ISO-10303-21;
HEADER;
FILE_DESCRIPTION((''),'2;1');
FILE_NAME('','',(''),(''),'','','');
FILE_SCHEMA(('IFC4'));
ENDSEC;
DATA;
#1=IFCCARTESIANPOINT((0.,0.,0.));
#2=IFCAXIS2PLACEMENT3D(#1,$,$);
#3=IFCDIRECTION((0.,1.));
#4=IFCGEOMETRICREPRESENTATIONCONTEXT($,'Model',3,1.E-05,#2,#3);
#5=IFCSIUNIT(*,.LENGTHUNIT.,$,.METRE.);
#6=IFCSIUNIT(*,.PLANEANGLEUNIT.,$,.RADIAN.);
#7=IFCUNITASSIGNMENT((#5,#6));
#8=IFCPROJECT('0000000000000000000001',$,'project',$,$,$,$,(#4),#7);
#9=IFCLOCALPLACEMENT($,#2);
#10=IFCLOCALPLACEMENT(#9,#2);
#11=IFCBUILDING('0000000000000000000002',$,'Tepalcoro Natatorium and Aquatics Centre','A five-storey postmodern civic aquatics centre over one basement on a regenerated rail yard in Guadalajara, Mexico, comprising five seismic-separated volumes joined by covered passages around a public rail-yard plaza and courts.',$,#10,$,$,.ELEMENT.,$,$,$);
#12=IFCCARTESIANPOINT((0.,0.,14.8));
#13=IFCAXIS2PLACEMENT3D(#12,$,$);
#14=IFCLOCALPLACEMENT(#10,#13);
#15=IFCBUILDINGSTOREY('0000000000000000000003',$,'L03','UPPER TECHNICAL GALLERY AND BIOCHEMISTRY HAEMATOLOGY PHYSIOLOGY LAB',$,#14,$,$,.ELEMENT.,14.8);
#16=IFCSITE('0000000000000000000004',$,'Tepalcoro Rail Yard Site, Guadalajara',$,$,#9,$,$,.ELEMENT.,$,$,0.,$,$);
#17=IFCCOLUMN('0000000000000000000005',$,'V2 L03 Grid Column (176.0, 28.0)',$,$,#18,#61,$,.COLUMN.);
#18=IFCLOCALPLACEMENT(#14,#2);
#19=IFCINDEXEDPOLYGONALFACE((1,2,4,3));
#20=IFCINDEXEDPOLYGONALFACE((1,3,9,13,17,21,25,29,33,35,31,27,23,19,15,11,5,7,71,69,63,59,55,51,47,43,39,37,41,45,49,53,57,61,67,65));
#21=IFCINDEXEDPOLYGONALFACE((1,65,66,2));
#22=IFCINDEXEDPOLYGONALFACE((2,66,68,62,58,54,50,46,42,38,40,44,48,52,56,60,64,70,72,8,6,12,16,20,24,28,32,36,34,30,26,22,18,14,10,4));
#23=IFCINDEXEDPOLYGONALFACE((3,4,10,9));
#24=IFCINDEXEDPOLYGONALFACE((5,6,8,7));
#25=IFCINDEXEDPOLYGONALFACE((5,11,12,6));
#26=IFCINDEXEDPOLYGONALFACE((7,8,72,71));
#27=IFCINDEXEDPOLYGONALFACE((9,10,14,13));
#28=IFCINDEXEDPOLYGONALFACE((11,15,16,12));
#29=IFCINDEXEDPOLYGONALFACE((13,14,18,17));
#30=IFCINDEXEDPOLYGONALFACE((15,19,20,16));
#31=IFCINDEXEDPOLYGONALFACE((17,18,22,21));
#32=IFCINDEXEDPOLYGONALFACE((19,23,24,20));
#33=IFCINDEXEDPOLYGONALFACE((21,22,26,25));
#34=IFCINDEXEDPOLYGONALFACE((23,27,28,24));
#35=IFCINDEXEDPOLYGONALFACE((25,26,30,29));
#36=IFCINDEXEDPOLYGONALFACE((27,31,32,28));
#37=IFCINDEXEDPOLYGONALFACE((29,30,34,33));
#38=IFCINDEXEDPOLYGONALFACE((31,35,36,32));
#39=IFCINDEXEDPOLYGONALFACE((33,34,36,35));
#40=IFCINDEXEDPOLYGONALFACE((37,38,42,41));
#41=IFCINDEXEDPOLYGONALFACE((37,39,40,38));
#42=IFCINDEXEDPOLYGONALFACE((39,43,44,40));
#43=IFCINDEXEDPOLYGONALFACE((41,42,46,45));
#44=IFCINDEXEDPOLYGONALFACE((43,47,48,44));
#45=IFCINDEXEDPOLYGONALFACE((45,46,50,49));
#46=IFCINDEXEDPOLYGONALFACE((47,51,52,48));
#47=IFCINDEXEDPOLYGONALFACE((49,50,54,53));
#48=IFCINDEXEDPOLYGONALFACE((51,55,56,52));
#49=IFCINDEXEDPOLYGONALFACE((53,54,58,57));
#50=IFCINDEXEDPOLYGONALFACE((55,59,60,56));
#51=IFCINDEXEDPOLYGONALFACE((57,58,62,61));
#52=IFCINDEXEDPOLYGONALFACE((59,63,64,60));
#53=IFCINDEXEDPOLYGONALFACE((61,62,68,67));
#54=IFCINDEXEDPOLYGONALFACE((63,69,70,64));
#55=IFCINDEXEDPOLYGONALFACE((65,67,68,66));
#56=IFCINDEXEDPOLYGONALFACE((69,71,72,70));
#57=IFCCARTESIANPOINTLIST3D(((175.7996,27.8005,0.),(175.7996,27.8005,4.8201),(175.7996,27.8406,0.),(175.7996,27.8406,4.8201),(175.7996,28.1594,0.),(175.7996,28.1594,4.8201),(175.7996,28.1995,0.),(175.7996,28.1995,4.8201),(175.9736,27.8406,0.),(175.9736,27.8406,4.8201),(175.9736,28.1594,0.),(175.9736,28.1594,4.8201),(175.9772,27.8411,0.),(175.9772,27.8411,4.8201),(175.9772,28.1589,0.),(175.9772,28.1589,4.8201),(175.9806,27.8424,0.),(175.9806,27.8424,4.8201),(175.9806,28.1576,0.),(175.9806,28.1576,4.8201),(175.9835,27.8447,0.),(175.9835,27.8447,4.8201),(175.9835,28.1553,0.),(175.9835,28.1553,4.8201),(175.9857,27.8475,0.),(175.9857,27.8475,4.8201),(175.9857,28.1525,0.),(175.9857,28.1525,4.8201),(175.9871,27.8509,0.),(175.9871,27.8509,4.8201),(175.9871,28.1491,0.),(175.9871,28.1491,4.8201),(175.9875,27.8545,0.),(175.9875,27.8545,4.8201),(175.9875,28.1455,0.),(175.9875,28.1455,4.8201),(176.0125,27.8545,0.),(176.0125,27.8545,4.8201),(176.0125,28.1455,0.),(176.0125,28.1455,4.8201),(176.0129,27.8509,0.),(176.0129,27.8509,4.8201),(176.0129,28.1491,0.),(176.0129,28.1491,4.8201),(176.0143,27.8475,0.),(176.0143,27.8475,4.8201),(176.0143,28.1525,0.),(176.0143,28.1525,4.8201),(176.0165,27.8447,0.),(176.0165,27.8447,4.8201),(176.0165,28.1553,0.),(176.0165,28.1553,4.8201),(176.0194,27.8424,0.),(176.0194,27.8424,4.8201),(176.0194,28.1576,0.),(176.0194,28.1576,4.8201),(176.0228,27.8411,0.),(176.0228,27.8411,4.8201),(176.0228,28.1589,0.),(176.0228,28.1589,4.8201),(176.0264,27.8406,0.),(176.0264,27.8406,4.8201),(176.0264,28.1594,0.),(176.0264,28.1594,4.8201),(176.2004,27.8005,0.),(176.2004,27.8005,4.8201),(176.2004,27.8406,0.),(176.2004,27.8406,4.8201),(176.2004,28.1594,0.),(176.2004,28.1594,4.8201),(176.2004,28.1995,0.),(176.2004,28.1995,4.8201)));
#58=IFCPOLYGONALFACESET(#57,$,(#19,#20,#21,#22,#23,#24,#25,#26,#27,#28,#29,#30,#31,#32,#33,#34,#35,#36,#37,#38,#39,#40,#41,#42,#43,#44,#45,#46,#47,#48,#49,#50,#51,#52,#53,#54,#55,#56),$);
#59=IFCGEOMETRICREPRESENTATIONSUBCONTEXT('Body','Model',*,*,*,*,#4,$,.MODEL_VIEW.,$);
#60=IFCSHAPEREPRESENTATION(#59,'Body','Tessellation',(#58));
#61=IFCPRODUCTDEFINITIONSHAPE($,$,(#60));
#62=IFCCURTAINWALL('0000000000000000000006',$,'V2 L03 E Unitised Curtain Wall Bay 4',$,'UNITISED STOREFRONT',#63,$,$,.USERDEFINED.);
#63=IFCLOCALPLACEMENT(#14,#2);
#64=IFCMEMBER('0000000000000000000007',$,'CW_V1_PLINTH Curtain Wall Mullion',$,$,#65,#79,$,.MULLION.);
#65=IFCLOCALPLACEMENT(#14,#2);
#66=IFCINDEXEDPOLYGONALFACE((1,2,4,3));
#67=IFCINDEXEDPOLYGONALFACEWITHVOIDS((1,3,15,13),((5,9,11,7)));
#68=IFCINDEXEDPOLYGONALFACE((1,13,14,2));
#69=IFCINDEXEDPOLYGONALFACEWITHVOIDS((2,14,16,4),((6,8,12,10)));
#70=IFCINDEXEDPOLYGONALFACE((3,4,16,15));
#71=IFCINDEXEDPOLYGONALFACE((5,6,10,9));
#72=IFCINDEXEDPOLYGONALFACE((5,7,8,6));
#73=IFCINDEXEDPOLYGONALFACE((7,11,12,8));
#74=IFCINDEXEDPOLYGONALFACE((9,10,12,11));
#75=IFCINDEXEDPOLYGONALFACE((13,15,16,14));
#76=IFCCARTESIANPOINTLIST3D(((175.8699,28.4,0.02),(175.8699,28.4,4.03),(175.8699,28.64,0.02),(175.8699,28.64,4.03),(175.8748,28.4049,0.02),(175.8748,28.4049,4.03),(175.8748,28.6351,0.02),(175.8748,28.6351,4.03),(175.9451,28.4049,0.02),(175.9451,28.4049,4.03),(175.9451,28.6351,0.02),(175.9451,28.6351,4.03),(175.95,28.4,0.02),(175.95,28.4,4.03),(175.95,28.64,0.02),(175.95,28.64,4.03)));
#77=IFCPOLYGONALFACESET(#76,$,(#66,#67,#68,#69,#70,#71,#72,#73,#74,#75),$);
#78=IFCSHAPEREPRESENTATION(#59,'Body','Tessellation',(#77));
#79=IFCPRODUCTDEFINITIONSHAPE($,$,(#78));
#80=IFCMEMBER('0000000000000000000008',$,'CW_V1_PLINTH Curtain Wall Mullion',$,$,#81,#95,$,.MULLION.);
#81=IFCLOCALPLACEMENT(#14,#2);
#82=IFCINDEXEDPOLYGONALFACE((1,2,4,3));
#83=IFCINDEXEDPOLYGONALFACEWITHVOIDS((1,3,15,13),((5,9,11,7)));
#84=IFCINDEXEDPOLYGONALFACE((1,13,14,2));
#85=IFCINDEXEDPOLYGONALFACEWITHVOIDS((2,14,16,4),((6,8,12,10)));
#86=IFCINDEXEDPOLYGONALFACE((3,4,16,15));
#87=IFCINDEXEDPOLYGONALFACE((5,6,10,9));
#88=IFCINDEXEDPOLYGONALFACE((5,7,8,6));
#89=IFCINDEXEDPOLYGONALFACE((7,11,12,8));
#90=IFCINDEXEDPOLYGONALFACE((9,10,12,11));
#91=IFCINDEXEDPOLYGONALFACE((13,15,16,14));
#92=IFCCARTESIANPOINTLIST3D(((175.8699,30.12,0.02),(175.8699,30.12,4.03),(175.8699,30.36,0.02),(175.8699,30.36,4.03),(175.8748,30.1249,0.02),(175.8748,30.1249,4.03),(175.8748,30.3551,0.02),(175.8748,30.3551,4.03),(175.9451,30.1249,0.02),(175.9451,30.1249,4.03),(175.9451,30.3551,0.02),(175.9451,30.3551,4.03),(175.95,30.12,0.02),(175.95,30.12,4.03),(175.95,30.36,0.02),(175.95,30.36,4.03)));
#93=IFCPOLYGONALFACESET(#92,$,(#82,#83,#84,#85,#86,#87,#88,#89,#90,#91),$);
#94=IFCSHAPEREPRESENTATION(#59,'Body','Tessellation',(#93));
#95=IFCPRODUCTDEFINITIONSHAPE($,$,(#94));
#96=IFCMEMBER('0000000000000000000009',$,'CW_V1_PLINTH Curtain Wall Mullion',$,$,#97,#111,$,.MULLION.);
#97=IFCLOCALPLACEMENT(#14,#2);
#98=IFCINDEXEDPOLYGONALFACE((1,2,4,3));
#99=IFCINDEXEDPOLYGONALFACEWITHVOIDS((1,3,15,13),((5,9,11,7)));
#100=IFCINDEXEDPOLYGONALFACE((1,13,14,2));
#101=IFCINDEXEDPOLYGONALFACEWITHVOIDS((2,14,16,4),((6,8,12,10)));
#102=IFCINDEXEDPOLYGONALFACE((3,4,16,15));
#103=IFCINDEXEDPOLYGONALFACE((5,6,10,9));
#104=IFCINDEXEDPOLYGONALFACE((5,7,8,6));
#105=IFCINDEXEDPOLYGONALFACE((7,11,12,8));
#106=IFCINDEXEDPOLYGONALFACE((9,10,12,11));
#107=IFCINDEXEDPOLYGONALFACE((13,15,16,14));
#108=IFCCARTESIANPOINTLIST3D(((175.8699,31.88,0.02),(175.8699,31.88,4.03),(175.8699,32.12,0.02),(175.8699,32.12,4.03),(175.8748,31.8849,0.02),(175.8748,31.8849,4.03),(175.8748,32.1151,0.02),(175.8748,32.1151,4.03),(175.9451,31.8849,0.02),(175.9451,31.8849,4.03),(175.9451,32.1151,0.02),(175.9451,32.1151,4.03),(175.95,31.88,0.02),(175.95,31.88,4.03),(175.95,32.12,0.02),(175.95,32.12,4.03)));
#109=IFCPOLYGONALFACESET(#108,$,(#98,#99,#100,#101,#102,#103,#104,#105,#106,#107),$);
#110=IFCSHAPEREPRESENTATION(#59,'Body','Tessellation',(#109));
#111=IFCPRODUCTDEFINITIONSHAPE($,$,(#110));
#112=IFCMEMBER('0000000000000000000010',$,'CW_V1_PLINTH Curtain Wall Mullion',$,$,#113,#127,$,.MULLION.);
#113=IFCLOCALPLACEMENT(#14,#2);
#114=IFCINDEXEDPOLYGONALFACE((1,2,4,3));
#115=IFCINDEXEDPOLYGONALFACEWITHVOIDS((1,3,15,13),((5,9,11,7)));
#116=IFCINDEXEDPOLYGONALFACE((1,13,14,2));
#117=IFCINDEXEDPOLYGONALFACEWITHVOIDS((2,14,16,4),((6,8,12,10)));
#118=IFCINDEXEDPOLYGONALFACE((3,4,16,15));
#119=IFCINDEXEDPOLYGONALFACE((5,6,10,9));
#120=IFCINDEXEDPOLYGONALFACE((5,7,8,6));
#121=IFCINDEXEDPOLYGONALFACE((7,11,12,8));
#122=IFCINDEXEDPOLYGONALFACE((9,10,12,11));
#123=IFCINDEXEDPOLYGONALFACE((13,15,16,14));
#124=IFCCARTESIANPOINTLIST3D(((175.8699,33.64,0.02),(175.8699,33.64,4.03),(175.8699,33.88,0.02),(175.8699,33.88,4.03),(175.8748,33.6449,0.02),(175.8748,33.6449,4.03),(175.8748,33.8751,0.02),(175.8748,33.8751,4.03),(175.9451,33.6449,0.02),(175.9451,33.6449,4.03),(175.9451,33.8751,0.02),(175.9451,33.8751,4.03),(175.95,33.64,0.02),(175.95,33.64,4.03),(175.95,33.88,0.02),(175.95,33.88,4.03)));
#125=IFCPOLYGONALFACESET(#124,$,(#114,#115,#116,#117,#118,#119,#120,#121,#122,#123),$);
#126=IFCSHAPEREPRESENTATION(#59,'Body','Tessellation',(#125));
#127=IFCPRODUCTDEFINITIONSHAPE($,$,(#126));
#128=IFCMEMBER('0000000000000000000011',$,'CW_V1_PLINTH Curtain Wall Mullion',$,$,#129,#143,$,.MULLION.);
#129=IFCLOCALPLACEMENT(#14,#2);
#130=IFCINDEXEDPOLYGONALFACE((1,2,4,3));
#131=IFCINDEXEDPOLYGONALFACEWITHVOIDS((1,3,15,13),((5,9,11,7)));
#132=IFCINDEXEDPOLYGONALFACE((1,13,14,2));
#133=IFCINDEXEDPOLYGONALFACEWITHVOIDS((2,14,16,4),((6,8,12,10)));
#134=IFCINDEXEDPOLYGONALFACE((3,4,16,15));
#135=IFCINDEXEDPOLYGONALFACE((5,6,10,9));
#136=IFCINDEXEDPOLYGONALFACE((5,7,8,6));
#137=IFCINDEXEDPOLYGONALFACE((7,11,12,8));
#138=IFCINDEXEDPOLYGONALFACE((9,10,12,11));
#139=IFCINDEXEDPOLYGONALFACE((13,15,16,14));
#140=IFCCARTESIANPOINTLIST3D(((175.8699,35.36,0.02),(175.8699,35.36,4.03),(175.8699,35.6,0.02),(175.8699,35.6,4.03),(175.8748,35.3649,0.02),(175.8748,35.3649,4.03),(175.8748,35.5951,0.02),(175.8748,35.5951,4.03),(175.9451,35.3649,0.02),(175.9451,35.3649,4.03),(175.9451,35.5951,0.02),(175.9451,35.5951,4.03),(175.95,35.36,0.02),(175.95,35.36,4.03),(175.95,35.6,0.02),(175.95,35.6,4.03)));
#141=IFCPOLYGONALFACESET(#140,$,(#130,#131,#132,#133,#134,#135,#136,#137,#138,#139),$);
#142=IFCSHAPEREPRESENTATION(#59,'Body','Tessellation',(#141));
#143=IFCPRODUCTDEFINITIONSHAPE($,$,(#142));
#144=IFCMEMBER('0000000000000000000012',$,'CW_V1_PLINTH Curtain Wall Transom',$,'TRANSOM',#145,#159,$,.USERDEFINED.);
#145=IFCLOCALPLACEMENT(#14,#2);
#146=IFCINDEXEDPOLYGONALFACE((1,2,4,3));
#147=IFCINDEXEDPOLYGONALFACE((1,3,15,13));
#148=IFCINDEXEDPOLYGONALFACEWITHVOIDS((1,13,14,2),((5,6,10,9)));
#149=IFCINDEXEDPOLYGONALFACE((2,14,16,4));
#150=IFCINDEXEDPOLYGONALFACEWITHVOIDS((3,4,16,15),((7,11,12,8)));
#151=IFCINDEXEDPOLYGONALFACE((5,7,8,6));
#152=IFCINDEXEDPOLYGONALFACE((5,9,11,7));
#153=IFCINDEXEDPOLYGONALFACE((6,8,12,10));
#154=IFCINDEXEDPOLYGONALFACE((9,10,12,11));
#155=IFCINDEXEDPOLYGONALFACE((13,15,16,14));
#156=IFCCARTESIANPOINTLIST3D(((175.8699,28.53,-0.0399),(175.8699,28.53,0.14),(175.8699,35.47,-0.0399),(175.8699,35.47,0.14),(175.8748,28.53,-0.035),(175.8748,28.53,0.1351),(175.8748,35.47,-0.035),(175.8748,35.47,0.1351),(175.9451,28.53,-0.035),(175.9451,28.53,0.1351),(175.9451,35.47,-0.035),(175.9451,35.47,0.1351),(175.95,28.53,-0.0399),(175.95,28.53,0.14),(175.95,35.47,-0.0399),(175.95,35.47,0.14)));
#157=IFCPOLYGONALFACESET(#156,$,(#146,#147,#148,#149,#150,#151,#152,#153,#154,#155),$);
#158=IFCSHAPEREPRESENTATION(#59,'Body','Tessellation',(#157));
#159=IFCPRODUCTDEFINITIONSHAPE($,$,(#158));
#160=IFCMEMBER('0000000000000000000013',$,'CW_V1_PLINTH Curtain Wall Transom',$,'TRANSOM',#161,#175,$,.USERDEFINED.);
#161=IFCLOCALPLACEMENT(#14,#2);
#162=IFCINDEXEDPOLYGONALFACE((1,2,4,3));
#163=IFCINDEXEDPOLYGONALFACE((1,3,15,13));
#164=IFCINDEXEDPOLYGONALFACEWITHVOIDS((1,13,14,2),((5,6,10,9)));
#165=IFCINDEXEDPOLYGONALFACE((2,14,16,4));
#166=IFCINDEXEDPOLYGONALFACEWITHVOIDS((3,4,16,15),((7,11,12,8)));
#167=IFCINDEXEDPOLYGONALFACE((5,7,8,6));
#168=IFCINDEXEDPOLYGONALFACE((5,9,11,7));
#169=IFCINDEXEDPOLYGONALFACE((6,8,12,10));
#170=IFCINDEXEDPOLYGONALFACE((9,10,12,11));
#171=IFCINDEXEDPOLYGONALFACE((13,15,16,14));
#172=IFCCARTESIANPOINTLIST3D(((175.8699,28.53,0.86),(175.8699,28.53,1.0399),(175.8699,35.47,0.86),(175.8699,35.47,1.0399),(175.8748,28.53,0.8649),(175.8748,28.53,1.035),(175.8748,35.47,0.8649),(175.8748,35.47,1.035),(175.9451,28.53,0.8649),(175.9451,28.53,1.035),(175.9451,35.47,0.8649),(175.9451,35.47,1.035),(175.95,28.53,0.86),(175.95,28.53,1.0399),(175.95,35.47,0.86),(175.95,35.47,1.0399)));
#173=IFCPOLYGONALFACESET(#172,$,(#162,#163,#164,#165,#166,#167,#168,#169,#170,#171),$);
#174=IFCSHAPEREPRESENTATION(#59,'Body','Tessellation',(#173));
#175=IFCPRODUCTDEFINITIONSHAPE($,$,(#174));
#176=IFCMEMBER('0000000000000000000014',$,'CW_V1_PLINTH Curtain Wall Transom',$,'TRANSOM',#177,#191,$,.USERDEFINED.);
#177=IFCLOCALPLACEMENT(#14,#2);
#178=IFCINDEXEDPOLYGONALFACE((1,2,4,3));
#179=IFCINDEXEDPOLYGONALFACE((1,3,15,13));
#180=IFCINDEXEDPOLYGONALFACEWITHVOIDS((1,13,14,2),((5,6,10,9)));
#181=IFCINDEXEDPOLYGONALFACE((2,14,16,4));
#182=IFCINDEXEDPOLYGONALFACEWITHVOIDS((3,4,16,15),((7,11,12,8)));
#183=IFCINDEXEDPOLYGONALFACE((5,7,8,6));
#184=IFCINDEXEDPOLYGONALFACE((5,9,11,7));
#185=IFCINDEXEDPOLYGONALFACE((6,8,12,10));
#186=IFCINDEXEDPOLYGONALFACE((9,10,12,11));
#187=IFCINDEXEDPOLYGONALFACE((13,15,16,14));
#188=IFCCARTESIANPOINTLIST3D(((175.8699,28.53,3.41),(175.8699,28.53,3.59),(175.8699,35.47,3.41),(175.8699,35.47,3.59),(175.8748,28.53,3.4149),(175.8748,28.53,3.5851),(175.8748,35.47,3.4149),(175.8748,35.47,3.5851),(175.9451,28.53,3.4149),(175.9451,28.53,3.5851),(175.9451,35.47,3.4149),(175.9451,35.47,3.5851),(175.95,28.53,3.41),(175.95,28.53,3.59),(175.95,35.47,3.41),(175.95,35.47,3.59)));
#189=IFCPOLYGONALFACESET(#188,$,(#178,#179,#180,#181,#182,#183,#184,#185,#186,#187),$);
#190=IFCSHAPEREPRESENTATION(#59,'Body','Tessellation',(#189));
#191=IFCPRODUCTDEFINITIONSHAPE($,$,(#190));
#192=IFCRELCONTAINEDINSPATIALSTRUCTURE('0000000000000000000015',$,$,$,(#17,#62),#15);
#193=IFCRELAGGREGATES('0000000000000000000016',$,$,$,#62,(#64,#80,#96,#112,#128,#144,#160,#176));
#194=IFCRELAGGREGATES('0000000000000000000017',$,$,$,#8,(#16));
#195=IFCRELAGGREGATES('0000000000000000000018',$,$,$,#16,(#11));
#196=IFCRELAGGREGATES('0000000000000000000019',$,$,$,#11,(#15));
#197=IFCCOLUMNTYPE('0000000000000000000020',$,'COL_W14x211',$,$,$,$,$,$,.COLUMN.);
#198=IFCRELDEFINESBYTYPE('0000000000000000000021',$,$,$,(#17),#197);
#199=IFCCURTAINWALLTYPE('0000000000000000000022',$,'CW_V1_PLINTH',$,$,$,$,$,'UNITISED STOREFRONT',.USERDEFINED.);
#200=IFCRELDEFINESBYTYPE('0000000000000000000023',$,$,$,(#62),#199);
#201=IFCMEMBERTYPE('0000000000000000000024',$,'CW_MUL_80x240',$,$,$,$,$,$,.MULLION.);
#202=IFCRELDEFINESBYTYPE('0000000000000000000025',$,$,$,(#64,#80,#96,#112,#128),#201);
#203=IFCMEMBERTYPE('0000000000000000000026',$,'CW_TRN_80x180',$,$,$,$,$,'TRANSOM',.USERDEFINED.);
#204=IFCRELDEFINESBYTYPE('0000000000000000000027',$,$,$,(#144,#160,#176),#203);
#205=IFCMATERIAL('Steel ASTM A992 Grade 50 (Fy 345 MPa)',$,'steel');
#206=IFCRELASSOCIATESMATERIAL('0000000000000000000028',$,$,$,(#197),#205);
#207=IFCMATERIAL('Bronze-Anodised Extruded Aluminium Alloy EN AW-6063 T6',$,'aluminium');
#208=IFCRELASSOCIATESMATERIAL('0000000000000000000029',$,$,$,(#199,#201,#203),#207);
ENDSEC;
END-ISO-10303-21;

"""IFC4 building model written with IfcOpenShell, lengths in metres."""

from ifc_helpers import new_model, si_unit, direction, frame, origin, origin_2d, place, context, subcontext, project, spatial, hollow_rectangle, i_section, extrude, material, material_profile, profile_set, type_object, element, aggregate, save


model = new_model("IFC4")

# Units and contexts
model_context = context("Model", 3, precision=1e-05, world=origin(), true_north=direction((0.0, 1.0)))
body_context = subcontext(model_context, "Body", "Model", "MODEL_VIEW")
ifc_project = project(units=[si_unit("LENGTHUNIT", "METRE"), si_unit("PLANEANGLEUNIT", "RADIAN")], contexts=[model_context])

# Site, building, storey
site_placement = place(None, origin())
site = spatial("IfcSite", under=ifc_project, at=site_placement, Name="Tepalcoro Rail Yard Site, Guadalajara", CompositionType="ELEMENT", RefElevation=0.0)
building_placement = place(site_placement, origin())
building = spatial("IfcBuilding", under=site, at=building_placement, Name="Tepalcoro Natatorium and Aquatics Centre", Description="A five-storey postmodern civic aquatics centre over one basement on a regenerated rail yard in Guadalajara, Mexico, comprising five seismic-separated volumes joined by covered passages around a public rail-yard plaza and courts.", CompositionType="ELEMENT")
storey_placement = place(building_placement, frame((0.0, 0.0, 14.8)))
storey = spatial("IfcBuildingStorey", under=building, at=storey_placement, Name="L03", Description="UPPER TECHNICAL GALLERY AND BIOCHEMISTRY HAEMATOLOGY PHYSIOLOGY LAB", CompositionType="ELEMENT", Elevation=14.8)

# Column
ifc_material_1 = material(Name="Steel ASTM A992 Grade 50 (Fy 345 MPa)", Category="steel")
ifc_material_profile_1 = material_profile(ifc_material_1, i_section(OverallWidth=0.4009, OverallDepth=0.3989, WebThickness=0.0249, FlangeThickness=0.04, FilletRadius=0.0139, at=origin_2d()), Name="W14X211")
ifc_profile_set_1 = profile_set([ifc_material_profile_1], Name="Steel ASTM A992 Grade 50 (Fy 345 MPa)")
column_type_1 = type_object("IfcColumnType", Name="COL_W14x211", PredefinedType="COLUMN", material=ifc_profile_set_1)
column_1_placement = place(storey_placement, frame((176.0, 28.0, 0.0), z_axis=(0.0, 0.0, 1.0), x_axis=(1.0, 0.0, 0.0)))
element("IfcColumn", 1, at=column_1_placement, inside=storey, type_object=column_type_1, Name="V2 L03 Grid Column (176.0, 28.0)", PredefinedType="COLUMN", context=body_context, shape_type="SweptSolid", body=[
    extrude(i_section(OverallWidth=0.4009, OverallDepth=0.3989, WebThickness=0.0249, FlangeThickness=0.04, FilletRadius=0.0139, at=origin_2d()), origin(), (0.0, 0.0, 1.0), 4.8201),
])

# Curtain wall, members
ifc_material_2 = material(Name="Bronze-Anodised Extruded Aluminium Alloy EN AW-6063 T6", Category="aluminium")
curtain_wall_type = type_object("IfcCurtainWallType", Name="CW_V1_PLINTH", ElementType="UNITISED STOREFRONT", PredefinedType="USERDEFINED", material=ifc_material_2)
curtain_wall_placement = place(storey_placement, origin())
curtain_wall = element("IfcCurtainWall", 2, at=curtain_wall_placement, inside=storey, type_object=curtain_wall_type, Name="V2 L03 E Unitised Curtain Wall Bay 4", ObjectType="UNITISED STOREFRONT", PredefinedType="USERDEFINED")
ifc_material_profile_2 = material_profile(ifc_material_2, hollow_rectangle(XDim=0.0801, YDim=0.24, WallThickness=0.0049, at=origin_2d()), Name="AL80X240X5")
ifc_profile_set_2 = profile_set([ifc_material_profile_2], Name="Bronze-Anodised Extruded Aluminium Alloy EN AW-6063 T6")
member_type_1 = type_object("IfcMemberType", Name="CW_MUL_80x240", PredefinedType="MULLION", material=ifc_profile_set_2)
member_1_placement = place(storey_placement, frame((175.9099, 28.52, 0.02), z_axis=(0.0, 0.0, 1.0), x_axis=(1.0, 0.0, 0.0)))
member_1 = element("IfcMember", 3, at=member_1_placement, type_object=member_type_1, Name="CW_V1_PLINTH Curtain Wall Mullion", PredefinedType="MULLION", context=body_context, shape_type="SweptSolid", body=[
    extrude(hollow_rectangle(XDim=0.0801, YDim=0.24, WallThickness=0.0049, at=origin_2d()), origin(), (0.0, 0.0, 1.0), 4.01),
])
member_2_placement = place(storey_placement, frame((175.9099, 30.24, 0.02), z_axis=(0.0, 0.0, 1.0), x_axis=(1.0, 0.0, 0.0)))
member_2 = element("IfcMember", 4, at=member_2_placement, type_object=member_type_1, Name="CW_V1_PLINTH Curtain Wall Mullion", PredefinedType="MULLION", context=body_context, shape_type="SweptSolid", body=[
    extrude(hollow_rectangle(XDim=0.0801, YDim=0.24, WallThickness=0.0049, at=origin_2d()), origin(), (0.0, 0.0, 1.0), 4.01),
])
member_3_placement = place(storey_placement, frame((175.9099, 32.0, 0.02), z_axis=(0.0, 0.0, 1.0), x_axis=(1.0, 0.0, 0.0)))
member_3 = element("IfcMember", 5, at=member_3_placement, type_object=member_type_1, Name="CW_V1_PLINTH Curtain Wall Mullion", PredefinedType="MULLION", context=body_context, shape_type="SweptSolid", body=[
    extrude(hollow_rectangle(XDim=0.0801, YDim=0.24, WallThickness=0.0049, at=origin_2d()), origin(), (0.0, 0.0, 1.0), 4.01),
])
member_4_placement = place(storey_placement, frame((175.9099, 33.76, 0.02), z_axis=(0.0, 0.0, 1.0), x_axis=(1.0, 0.0, 0.0)))
member_4 = element("IfcMember", 6, at=member_4_placement, type_object=member_type_1, Name="CW_V1_PLINTH Curtain Wall Mullion", PredefinedType="MULLION", context=body_context, shape_type="SweptSolid", body=[
    extrude(hollow_rectangle(XDim=0.0801, YDim=0.24, WallThickness=0.0049, at=origin_2d()), origin(), (0.0, 0.0, 1.0), 4.01),
])
member_5_placement = place(storey_placement, frame((175.9099, 35.48, 0.02), z_axis=(0.0, 0.0, 1.0), x_axis=(1.0, 0.0, 0.0)))
member_5 = element("IfcMember", 7, at=member_5_placement, type_object=member_type_1, Name="CW_V1_PLINTH Curtain Wall Mullion", PredefinedType="MULLION", context=body_context, shape_type="SweptSolid", body=[
    extrude(hollow_rectangle(XDim=0.0801, YDim=0.24, WallThickness=0.0049, at=origin_2d()), origin(), (0.0, 0.0, 1.0), 4.01),
])
ifc_material_profile_3 = material_profile(ifc_material_2, hollow_rectangle(XDim=0.0801, YDim=0.1799, WallThickness=0.0049, at=origin_2d()), Name="AL80X180X5")
ifc_profile_set_3 = profile_set([ifc_material_profile_3], Name="Bronze-Anodised Extruded Aluminium Alloy EN AW-6063 T6")
member_type_2 = type_object("IfcMemberType", Name="CW_TRN_80x180", ElementType="TRANSOM", PredefinedType="USERDEFINED", material=ifc_profile_set_3)
member_6_placement = place(storey_placement, frame((175.9099, 28.53, 0.05), z_axis=(0.0, 1.0, 0.0), x_axis=(-1.0, 0.0, 0.0)))
member_6 = element("IfcMember", 8, at=member_6_placement, type_object=member_type_2, Name="CW_V1_PLINTH Curtain Wall Transom", ObjectType="TRANSOM", PredefinedType="USERDEFINED", context=body_context, shape_type="SweptSolid", body=[
    extrude(hollow_rectangle(XDim=0.0801, YDim=0.1799, WallThickness=0.0049, at=origin_2d()), origin(), (0.0, 0.0, 1.0), 6.9399),
])
member_7_placement = place(storey_placement, frame((175.9099, 28.53, 0.95), z_axis=(0.0, 1.0, 0.0), x_axis=(-1.0, 0.0, 0.0)))
member_7 = element("IfcMember", 9, at=member_7_placement, type_object=member_type_2, Name="CW_V1_PLINTH Curtain Wall Transom", ObjectType="TRANSOM", PredefinedType="USERDEFINED", context=body_context, shape_type="SweptSolid", body=[
    extrude(hollow_rectangle(XDim=0.0801, YDim=0.1799, WallThickness=0.0049, at=origin_2d()), origin(), (0.0, 0.0, 1.0), 6.9399),
])
member_8_placement = place(storey_placement, frame((175.9099, 28.53, 3.5), z_axis=(0.0, 1.0, 0.0), x_axis=(-1.0, 0.0, 0.0)))
member_8 = element("IfcMember", 10, at=member_8_placement, type_object=member_type_2, Name="CW_V1_PLINTH Curtain Wall Transom", ObjectType="TRANSOM", PredefinedType="USERDEFINED", context=body_context, shape_type="SweptSolid", body=[
    extrude(hollow_rectangle(XDim=0.0801, YDim=0.1799, WallThickness=0.0049, at=origin_2d()), origin(), (0.0, 0.0, 1.0), 6.9399),
])

aggregate(curtain_wall, [member_1, member_2, member_3, member_4, member_5, member_6, member_7, member_8])

save(model, "model.ifc")
